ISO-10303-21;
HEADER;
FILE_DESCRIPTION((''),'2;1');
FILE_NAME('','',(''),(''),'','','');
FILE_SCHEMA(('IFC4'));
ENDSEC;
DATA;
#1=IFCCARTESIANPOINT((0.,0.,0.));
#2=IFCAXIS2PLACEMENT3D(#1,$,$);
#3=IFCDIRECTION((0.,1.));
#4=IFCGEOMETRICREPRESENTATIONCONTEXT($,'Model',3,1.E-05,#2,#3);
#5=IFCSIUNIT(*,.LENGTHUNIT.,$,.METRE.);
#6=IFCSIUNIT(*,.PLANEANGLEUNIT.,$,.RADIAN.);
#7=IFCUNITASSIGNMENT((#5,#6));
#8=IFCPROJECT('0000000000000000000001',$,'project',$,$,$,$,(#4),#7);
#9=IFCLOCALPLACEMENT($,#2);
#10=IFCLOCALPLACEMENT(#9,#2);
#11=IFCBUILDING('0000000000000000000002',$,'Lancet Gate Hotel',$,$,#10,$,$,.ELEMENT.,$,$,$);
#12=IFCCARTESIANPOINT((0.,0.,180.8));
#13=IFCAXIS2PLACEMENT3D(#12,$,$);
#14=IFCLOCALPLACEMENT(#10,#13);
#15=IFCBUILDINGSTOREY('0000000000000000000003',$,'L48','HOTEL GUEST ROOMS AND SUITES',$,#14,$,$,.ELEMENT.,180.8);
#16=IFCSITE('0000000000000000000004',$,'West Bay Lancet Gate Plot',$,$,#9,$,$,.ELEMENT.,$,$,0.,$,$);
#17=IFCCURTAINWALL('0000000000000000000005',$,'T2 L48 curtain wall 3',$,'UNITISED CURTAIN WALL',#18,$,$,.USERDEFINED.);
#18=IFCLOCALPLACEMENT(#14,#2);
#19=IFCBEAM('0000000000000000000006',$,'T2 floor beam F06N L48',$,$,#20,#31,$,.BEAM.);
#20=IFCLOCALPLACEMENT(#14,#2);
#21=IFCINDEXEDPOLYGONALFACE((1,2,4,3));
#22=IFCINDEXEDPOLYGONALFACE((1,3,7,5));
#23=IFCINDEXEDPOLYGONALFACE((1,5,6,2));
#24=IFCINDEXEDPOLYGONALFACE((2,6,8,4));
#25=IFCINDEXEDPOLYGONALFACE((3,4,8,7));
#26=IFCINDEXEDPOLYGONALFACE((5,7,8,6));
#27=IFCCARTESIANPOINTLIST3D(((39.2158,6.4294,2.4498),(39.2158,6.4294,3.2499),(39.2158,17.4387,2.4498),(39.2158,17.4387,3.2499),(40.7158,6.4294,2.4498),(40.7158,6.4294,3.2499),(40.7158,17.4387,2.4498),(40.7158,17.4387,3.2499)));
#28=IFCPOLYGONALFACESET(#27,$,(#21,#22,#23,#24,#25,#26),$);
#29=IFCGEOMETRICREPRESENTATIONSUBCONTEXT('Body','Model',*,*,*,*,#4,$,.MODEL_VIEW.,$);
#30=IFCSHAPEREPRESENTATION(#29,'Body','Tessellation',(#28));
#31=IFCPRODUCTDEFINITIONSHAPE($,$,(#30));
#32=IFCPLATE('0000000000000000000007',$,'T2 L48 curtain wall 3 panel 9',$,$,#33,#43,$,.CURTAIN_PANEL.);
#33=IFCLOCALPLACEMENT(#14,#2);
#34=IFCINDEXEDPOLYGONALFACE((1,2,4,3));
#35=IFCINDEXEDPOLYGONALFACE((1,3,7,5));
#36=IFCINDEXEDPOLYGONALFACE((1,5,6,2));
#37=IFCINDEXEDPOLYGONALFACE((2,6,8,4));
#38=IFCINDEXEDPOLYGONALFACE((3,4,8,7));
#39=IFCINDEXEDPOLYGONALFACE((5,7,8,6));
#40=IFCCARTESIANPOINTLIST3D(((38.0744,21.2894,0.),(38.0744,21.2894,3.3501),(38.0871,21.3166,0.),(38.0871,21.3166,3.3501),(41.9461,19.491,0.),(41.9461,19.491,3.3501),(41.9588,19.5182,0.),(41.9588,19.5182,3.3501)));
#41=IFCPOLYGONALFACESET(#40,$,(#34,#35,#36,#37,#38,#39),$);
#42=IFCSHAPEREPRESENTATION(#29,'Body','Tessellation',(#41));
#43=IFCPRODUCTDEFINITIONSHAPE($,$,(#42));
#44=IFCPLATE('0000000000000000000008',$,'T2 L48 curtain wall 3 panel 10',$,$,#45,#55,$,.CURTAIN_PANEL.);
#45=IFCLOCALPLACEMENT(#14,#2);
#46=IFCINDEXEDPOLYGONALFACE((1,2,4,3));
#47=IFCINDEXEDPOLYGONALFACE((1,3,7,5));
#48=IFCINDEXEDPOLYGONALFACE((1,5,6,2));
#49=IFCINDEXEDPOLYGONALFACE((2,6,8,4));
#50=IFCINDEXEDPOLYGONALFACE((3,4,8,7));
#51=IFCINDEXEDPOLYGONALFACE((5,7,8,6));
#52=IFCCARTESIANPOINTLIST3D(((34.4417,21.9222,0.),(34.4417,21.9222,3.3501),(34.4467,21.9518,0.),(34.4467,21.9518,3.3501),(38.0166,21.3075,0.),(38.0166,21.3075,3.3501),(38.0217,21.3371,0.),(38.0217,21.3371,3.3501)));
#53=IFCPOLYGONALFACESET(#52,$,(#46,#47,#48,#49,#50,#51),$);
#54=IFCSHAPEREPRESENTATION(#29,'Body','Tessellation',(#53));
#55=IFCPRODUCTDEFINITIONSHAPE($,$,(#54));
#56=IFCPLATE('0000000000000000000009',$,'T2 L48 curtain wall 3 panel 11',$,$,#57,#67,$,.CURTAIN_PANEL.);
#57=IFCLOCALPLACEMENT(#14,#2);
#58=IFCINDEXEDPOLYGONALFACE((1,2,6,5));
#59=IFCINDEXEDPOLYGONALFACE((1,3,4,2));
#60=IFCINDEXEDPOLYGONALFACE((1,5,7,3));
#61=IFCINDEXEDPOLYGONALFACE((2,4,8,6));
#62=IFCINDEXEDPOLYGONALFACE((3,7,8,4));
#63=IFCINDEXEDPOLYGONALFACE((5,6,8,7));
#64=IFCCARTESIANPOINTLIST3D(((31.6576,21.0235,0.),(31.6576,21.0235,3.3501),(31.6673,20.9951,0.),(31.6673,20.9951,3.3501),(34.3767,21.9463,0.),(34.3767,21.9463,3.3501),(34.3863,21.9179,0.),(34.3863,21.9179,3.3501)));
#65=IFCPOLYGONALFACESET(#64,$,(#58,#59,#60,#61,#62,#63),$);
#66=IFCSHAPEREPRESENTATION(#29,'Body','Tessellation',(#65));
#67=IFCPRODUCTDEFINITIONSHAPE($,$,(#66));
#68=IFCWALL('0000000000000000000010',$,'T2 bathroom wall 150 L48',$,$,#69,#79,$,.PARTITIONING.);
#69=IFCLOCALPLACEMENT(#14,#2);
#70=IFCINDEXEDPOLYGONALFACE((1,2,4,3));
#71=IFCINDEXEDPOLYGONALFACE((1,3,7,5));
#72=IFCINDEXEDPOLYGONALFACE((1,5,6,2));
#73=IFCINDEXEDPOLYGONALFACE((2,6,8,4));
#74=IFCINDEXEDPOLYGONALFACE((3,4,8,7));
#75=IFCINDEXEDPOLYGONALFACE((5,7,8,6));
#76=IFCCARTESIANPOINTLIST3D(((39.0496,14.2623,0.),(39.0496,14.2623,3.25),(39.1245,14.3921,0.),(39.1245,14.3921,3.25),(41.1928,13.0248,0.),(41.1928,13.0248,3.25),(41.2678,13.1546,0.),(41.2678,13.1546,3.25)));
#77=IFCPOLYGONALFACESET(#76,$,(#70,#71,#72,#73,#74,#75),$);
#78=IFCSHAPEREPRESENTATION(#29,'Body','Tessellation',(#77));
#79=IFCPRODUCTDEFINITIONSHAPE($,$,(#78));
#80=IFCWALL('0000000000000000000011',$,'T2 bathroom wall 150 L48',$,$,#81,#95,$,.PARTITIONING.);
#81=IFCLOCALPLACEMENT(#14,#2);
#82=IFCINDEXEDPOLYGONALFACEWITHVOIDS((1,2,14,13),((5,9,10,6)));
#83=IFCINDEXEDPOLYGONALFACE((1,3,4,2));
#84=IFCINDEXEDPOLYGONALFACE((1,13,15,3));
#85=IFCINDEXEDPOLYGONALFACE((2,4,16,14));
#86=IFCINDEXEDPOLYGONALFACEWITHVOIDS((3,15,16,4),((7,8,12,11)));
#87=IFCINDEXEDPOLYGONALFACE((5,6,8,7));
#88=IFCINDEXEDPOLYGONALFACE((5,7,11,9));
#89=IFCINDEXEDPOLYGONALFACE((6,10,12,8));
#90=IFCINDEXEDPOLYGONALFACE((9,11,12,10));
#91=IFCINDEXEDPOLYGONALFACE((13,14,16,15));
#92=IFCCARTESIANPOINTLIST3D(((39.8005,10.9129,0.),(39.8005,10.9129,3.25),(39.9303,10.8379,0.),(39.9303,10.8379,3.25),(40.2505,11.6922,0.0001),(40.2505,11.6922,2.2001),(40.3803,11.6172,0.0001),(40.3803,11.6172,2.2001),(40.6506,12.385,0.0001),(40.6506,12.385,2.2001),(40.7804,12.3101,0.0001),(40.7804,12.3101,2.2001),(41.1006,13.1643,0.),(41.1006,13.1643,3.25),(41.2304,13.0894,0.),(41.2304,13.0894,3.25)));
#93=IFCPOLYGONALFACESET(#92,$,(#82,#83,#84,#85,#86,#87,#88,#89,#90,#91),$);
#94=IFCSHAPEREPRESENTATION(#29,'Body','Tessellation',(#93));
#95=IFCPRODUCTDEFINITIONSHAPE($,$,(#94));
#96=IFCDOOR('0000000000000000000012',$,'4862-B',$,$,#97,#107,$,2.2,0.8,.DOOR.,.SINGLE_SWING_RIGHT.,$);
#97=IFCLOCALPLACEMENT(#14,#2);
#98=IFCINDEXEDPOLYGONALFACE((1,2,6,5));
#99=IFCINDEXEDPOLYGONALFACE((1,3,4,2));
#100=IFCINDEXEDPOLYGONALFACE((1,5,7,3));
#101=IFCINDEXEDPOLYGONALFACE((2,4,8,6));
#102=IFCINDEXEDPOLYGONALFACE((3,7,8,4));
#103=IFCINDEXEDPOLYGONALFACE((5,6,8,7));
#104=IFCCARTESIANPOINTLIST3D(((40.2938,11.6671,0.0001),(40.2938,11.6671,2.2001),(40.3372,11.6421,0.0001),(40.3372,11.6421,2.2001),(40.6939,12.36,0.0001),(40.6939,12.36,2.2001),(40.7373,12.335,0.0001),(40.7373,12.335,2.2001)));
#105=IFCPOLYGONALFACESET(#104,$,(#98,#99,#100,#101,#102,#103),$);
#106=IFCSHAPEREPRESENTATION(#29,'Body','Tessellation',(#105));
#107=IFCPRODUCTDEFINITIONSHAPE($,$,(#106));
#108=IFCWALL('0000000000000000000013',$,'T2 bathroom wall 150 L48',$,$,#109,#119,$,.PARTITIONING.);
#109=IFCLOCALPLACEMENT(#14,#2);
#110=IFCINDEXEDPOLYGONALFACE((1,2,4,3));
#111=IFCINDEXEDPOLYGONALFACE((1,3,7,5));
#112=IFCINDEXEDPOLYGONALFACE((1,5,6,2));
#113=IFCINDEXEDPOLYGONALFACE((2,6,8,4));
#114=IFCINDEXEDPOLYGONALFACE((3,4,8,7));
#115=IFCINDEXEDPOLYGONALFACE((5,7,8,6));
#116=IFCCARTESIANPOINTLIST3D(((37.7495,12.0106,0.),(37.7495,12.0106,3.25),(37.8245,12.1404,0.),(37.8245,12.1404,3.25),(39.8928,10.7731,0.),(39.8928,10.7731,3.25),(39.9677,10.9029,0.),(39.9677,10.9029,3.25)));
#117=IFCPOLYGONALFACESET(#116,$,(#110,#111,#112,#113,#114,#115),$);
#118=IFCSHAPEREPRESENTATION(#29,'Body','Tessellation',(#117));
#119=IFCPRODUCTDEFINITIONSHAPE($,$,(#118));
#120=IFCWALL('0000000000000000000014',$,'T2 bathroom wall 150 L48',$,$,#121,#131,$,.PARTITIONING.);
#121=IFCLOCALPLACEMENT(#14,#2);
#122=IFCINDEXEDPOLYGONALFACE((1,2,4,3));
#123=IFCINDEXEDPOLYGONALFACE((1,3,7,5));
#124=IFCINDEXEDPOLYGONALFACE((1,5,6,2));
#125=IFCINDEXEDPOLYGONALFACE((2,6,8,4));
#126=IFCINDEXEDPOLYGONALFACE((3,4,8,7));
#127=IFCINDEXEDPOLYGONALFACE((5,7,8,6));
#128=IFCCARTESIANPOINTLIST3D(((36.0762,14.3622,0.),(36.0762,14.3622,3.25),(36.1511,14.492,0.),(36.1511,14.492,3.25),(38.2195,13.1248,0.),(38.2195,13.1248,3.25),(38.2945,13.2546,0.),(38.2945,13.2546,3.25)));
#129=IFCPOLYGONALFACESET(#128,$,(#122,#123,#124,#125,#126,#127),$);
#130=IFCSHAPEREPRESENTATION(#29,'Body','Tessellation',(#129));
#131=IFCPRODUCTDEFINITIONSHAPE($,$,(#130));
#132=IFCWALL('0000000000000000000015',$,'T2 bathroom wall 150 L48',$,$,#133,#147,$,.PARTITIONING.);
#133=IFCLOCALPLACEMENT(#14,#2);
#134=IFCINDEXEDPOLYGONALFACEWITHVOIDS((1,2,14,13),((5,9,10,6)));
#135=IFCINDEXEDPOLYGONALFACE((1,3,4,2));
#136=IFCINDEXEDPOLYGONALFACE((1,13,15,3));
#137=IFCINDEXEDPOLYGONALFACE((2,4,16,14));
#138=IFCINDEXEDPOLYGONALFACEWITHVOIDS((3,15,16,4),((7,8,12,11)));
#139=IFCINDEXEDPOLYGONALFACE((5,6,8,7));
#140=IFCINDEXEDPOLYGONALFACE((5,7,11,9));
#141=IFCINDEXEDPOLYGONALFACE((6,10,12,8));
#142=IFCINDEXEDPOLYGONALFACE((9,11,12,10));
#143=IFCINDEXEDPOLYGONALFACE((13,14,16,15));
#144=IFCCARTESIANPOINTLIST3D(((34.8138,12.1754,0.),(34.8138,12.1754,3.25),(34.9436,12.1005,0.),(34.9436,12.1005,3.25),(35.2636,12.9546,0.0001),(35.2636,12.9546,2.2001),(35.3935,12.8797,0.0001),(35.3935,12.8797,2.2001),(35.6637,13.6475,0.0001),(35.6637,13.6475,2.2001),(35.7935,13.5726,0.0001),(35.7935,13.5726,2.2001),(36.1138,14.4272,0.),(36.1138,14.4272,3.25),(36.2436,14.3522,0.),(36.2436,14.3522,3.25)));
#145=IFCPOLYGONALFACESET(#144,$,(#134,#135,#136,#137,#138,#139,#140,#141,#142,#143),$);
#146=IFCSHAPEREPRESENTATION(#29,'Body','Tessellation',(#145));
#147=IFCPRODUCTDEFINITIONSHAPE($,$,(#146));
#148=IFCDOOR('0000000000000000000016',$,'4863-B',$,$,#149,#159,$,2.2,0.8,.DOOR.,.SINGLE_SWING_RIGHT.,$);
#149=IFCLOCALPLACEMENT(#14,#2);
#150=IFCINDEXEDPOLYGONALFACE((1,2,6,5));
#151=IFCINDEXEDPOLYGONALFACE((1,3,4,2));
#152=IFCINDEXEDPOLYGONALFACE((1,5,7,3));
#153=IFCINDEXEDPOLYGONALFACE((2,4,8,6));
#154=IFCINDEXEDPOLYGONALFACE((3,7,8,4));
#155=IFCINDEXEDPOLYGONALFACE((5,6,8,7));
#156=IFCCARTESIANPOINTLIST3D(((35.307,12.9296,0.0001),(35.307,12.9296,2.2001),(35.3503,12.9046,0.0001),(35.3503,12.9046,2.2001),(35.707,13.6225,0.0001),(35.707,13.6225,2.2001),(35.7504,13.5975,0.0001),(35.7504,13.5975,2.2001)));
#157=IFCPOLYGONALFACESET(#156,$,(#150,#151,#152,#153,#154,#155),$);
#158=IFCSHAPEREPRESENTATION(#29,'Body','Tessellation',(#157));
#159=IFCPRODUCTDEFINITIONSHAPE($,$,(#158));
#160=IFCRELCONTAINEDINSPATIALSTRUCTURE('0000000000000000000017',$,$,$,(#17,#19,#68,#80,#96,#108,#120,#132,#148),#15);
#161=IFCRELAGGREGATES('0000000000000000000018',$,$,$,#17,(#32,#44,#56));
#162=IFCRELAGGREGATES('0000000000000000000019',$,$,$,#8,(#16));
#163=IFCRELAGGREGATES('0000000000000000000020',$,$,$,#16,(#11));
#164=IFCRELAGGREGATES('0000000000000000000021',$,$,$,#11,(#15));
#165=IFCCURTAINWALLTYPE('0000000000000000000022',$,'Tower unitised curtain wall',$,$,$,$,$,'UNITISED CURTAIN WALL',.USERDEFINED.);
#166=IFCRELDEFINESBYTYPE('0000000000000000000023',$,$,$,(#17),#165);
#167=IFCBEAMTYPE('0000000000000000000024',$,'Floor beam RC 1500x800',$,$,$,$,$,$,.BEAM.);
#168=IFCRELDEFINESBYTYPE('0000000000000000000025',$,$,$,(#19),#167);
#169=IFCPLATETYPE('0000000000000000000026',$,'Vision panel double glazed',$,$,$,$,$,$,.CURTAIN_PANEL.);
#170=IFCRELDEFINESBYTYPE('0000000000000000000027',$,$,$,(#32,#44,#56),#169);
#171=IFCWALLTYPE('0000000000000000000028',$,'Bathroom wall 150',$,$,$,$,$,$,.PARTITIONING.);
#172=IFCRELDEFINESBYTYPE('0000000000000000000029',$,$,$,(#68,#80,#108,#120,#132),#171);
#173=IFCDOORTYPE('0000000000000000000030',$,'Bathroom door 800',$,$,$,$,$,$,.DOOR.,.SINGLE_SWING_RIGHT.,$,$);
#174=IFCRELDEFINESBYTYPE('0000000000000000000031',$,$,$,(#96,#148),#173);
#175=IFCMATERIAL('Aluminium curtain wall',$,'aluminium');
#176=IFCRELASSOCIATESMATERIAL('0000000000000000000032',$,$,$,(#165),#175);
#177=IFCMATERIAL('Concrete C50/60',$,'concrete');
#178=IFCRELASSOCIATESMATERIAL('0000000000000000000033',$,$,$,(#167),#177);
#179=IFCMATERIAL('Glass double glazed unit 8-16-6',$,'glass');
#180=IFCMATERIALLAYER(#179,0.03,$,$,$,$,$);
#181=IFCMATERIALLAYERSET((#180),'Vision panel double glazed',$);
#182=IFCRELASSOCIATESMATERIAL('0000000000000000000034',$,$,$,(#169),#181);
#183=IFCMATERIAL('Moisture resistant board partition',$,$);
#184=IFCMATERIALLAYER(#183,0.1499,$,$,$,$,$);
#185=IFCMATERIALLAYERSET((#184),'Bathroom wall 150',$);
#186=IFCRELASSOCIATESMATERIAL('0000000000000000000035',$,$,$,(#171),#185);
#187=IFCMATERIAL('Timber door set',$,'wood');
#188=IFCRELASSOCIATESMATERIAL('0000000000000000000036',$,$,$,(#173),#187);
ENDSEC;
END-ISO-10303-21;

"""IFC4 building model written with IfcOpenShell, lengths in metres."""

from ifc_helpers import new_model, si_unit, direction, frame, frame_2d, origin, origin_2d, place, context, subcontext, project, spatial, rectangle, extrude, material, layer, layer_set, material_profile, profile_set, type_object, element, fill, aggregate, save


model = new_model("IFC4")

# Units and contexts
model_context = context("Model", 3, precision=1e-05, world=origin(), true_north=direction((0.0, 1.0)))
body_context = subcontext(model_context, "Body", "Model", "MODEL_VIEW")
ifc_project = project(units=[si_unit("LENGTHUNIT", "METRE"), si_unit("PLANEANGLEUNIT", "RADIAN")], contexts=[model_context])

# Site, building, storey
site_placement = place(None, origin())
site = spatial("IfcSite", under=ifc_project, at=site_placement, Name="West Bay Lancet Gate Plot", CompositionType="ELEMENT", RefElevation=0.0)
building_placement = place(site_placement, origin())
building = spatial("IfcBuilding", under=site, at=building_placement, Name="Lancet Gate Hotel", CompositionType="ELEMENT")
storey_placement = place(building_placement, frame((0.0, 0.0, 180.8)))
storey = spatial("IfcBuildingStorey", under=building, at=storey_placement, Name="L48", Description="HOTEL GUEST ROOMS AND SUITES", CompositionType="ELEMENT", Elevation=180.8)

# Curtain wall
ifc_material_1 = material(Name="Aluminium curtain wall", Category="aluminium")
curtain_wall_type = type_object("IfcCurtainWallType", Name="Tower unitised curtain wall", ElementType="UNITISED CURTAIN WALL", PredefinedType="USERDEFINED", material=ifc_material_1)
curtain_wall_1_placement = place(storey_placement, origin())
curtain_wall_1 = element("IfcCurtainWall", 1, at=curtain_wall_1_placement, inside=storey, type_object=curtain_wall_type, Name="T2 L48 curtain wall 3", ObjectType="UNITISED CURTAIN WALL", PredefinedType="USERDEFINED")

# Beam
ifc_material_2 = material(Name="Concrete C50/60", Category="concrete")
ifc_material_profile_1 = material_profile(ifc_material_2, rectangle(XDim=1.5, YDim=0.8, at=origin_2d()), Name="RC 1500x800")
ifc_profile_set_1 = profile_set([ifc_material_profile_1], Name="Concrete C50/60")
beam_type = type_object("IfcBeamType", Name="Floor beam RC 1500x800", PredefinedType="BEAM", material=ifc_profile_set_1)
beam_1_placement = place(storey_placement, frame((39.9658, 6.4294, 2.8499), z_axis=(0.0, 1.0, 0.0), x_axis=(-1.0, 0.0, 0.0)))
element("IfcBeam", 2, at=beam_1_placement, inside=storey, type_object=beam_type, Name="T2 floor beam F06N L48", PredefinedType="BEAM", context=body_context, shape_type="SweptSolid", body=[
    extrude(rectangle(XDim=1.5, YDim=0.8, at=origin_2d()), origin(), (0.0, 0.0, 1.0), 11.0093),
])

# Plates
ifc_material_3 = material(Name="Glass double glazed unit 8-16-6", Category="glass")
ifc_layer_1 = layer(ifc_material_3, 0.03)
ifc_layer_set_1 = layer_set([ifc_layer_1], Name="Vision panel double glazed")
plate_type = type_object("IfcPlateType", Name="Vision panel double glazed", PredefinedType="CURTAIN_PANEL", material=ifc_layer_set_1)
plate_1_placement = place(storey_placement, frame((40.0166, 20.4038, 0.0), z_axis=(0.0, 0.0, 1.0), x_axis=(-0.906935, 0.421271, 0.0)))
plate_1 = element("IfcPlate", 3, at=plate_1_placement, type_object=plate_type, Name="T2 L48 curtain wall 3 panel 9", PredefinedType="CURTAIN_PANEL", context=body_context, shape_type="SweptSolid", body=[
    extrude(rectangle(XDim=4.269, YDim=0.03, at=origin_2d()), origin(), (0.0, 0.0, 1.0), 3.3501),
])
plate_2_placement = place(storey_placement, frame((36.2317, 21.6296, 0.0), z_axis=(0.0, 0.0, 1.0), x_axis=(-0.98554, 0.169445, 0.0)))
plate_2 = element("IfcPlate", 4, at=plate_2_placement, type_object=plate_type, Name="T2 L48 curtain wall 3 panel 10", PredefinedType="CURTAIN_PANEL", context=body_context, shape_type="SweptSolid", body=[
    extrude(rectangle(XDim=3.6274, YDim=0.03, at=origin_2d()), origin(), (0.0, 0.0, 1.0), 3.3501),
])
plate_3_placement = place(storey_placement, frame((33.022, 21.4707, 0.0), z_axis=(0.0, 0.0, 1.0), x_axis=(-0.946952, -0.321374, 0.0)))
plate_3 = element("IfcPlate", 5, at=plate_3_placement, type_object=plate_type, Name="T2 L48 curtain wall 3 panel 11", PredefinedType="CURTAIN_PANEL", context=body_context, shape_type="SweptSolid", body=[
    extrude(rectangle(XDim=2.8713, YDim=0.03, at=origin_2d()), origin(), (0.0, 0.0, 1.0), 3.3501),
])
aggregate(curtain_wall_1, [plate_1, plate_2, plate_3])

# Wall
ifc_material_4 = material(Name="Moisture resistant board partition")
ifc_layer_2 = layer(ifc_material_4, 0.1499)
ifc_layer_set_2 = layer_set([ifc_layer_2], Name="Bathroom wall 150")
wall_type_1 = type_object("IfcWallType", Name="Bathroom wall 150", PredefinedType="PARTITIONING", material=ifc_layer_set_2)
wall_1_placement = place(storey_placement, frame((39.0872, 14.3271, 0.0), z_axis=(0.0, 0.0, 1.0), x_axis=(0.866007, -0.500033, 0.0)))
element("IfcWall", 6, at=wall_1_placement, inside=storey, type_object=wall_type_1, Name="T2 bathroom wall 150 L48", PredefinedType="PARTITIONING", context=body_context, shape_type="SweptSolid", body=[
    extrude(rectangle(XDim=2.4749, YDim=0.1499, at=frame_2d((1.2373, 0.0))), origin(), (0.0, 0.0, 1.0), 3.25),
])

# Wall, opening, door
wall_2_placement = place(storey_placement, frame((39.8655, 10.8755, 0.0), z_axis=(0.0, 0.0, 1.0), x_axis=(0.500048, 0.865998, 0.0)))
wall_2 = element("IfcWall", 7, at=wall_2_placement, inside=storey, type_object=wall_type_1, Name="T2 bathroom wall 150 L48", PredefinedType="PARTITIONING", context=body_context, shape_type="SweptSolid", body=[
    extrude(rectangle(XDim=2.5999, YDim=0.1499, at=frame_2d((1.2998, 0.0))), origin(), (0.0, 0.0, 1.0), 3.25),
])
opening_1_placement = place(wall_2_placement, frame((0.8999, 0.0, 0.0)))
opening_1 = element("IfcOpeningElement", 8, at=opening_1_placement, cuts=wall_2, PredefinedType="OPENING", context=body_context, shape_type="SweptSolid", body=[
    extrude(rectangle(XDim=0.8, YDim=2.2, at=frame_2d((0.3999, 1.1001))), frame((0.0, 0.085, 0.0), z_axis=(0.0, -1.0, 0.0), x_axis=(1.0, 0.0, 0.0)), (0.0, 0.0, 1.0), 0.1699),
])
ifc_material_5 = material(Name="Timber door set", Category="wood")
door_type_1 = type_object("IfcDoorType", Name="Bathroom door 800", OperationType="SINGLE_SWING_RIGHT", PredefinedType="DOOR", material=ifc_material_5)
door_1_placement = place(opening_1_placement, origin())
door_1 = element("IfcDoor", 9, at=door_1_placement, inside=storey, type_object=door_type_1, Name="4862-B", OperationType="SINGLE_SWING_RIGHT", OverallHeight=2.2, OverallWidth=0.8, PredefinedType="DOOR", context=body_context, shape_type="SweptSolid", body=[
    extrude(rectangle(XDim=0.8, YDim=2.2, at=frame_2d((0.3999, 1.1001))), frame((0.0, 0.0249, 0.0), z_axis=(0.0, -1.0, 0.0), x_axis=(1.0, 0.0, 0.0)), (0.0, 0.0, 1.0), 0.05),
])
fill(opening_1, door_1)

# Walls
for number, where, z_axis, x_axis, name in (
    (10, (37.7871, 12.0754, 0.0), (0.0, 0.0, 1.0), (0.866007, -0.500033, 0.0), "T2 bathroom wall 150 L48"),
    (11, (36.1138, 14.427, 0.0), (0.0, 0.0, 1.0), (0.866049, -0.499959, 0.0), "T2 bathroom wall 150 L48"),
):
    element("IfcWall", number, at=place(storey_placement, frame(where, z_axis=z_axis, x_axis=x_axis)), inside=storey, type_object=wall_type_1, Name=name, PredefinedType="PARTITIONING", context=body_context, shape_type="SweptSolid", body=[
        extrude(rectangle(XDim=2.4749, YDim=0.1499, at=frame_2d((1.2373, 0.0))), origin(), (0.0, 0.0, 1.0), 3.25),
    ])

# Wall, opening, door
wall_3_placement = place(storey_placement, frame((34.8787, 12.1379, 0.0), z_axis=(0.0, 0.0, 1.0), x_axis=(0.500007, 0.866021, 0.0)))
wall_3 = element("IfcWall", 12, at=wall_3_placement, inside=storey, type_object=wall_type_1, Name="T2 bathroom wall 150 L48", PredefinedType="PARTITIONING", context=body_context, shape_type="SweptSolid", body=[
    extrude(rectangle(XDim=2.6001, YDim=0.1499, at=frame_2d((1.3, 0.0))), origin(), (0.0, 0.0, 1.0), 3.25),
])
opening_2_placement = place(wall_3_placement, frame((0.8999, 0.0, 0.0)))
opening_2 = element("IfcOpeningElement", 13, at=opening_2_placement, cuts=wall_3, PredefinedType="OPENING", context=body_context, shape_type="SweptSolid", body=[
    extrude(rectangle(XDim=0.8, YDim=2.2, at=frame_2d((0.3999, 1.1001))), frame((0.0, 0.085, 0.0), z_axis=(0.0, -1.0, 0.0), x_axis=(1.0, 0.0, 0.0)), (0.0, 0.0, 1.0), 0.1699),
])
door_2_placement = place(opening_2_placement, origin())
door_2 = element("IfcDoor", 14, at=door_2_placement, inside=storey, type_object=door_type_1, Name="4863-B", OperationType="SINGLE_SWING_RIGHT", OverallHeight=2.2, OverallWidth=0.8, PredefinedType="DOOR", context=body_context, shape_type="SweptSolid", body=[
    extrude(rectangle(XDim=0.8, YDim=2.2, at=frame_2d((0.3999, 1.1001))), frame((0.0, 0.0249, 0.0), z_axis=(0.0, -1.0, 0.0), x_axis=(1.0, 0.0, 0.0)), (0.0, 0.0, 1.0), 0.05),
])
fill(opening_2, door_2)

save(model, "model.ifc")
